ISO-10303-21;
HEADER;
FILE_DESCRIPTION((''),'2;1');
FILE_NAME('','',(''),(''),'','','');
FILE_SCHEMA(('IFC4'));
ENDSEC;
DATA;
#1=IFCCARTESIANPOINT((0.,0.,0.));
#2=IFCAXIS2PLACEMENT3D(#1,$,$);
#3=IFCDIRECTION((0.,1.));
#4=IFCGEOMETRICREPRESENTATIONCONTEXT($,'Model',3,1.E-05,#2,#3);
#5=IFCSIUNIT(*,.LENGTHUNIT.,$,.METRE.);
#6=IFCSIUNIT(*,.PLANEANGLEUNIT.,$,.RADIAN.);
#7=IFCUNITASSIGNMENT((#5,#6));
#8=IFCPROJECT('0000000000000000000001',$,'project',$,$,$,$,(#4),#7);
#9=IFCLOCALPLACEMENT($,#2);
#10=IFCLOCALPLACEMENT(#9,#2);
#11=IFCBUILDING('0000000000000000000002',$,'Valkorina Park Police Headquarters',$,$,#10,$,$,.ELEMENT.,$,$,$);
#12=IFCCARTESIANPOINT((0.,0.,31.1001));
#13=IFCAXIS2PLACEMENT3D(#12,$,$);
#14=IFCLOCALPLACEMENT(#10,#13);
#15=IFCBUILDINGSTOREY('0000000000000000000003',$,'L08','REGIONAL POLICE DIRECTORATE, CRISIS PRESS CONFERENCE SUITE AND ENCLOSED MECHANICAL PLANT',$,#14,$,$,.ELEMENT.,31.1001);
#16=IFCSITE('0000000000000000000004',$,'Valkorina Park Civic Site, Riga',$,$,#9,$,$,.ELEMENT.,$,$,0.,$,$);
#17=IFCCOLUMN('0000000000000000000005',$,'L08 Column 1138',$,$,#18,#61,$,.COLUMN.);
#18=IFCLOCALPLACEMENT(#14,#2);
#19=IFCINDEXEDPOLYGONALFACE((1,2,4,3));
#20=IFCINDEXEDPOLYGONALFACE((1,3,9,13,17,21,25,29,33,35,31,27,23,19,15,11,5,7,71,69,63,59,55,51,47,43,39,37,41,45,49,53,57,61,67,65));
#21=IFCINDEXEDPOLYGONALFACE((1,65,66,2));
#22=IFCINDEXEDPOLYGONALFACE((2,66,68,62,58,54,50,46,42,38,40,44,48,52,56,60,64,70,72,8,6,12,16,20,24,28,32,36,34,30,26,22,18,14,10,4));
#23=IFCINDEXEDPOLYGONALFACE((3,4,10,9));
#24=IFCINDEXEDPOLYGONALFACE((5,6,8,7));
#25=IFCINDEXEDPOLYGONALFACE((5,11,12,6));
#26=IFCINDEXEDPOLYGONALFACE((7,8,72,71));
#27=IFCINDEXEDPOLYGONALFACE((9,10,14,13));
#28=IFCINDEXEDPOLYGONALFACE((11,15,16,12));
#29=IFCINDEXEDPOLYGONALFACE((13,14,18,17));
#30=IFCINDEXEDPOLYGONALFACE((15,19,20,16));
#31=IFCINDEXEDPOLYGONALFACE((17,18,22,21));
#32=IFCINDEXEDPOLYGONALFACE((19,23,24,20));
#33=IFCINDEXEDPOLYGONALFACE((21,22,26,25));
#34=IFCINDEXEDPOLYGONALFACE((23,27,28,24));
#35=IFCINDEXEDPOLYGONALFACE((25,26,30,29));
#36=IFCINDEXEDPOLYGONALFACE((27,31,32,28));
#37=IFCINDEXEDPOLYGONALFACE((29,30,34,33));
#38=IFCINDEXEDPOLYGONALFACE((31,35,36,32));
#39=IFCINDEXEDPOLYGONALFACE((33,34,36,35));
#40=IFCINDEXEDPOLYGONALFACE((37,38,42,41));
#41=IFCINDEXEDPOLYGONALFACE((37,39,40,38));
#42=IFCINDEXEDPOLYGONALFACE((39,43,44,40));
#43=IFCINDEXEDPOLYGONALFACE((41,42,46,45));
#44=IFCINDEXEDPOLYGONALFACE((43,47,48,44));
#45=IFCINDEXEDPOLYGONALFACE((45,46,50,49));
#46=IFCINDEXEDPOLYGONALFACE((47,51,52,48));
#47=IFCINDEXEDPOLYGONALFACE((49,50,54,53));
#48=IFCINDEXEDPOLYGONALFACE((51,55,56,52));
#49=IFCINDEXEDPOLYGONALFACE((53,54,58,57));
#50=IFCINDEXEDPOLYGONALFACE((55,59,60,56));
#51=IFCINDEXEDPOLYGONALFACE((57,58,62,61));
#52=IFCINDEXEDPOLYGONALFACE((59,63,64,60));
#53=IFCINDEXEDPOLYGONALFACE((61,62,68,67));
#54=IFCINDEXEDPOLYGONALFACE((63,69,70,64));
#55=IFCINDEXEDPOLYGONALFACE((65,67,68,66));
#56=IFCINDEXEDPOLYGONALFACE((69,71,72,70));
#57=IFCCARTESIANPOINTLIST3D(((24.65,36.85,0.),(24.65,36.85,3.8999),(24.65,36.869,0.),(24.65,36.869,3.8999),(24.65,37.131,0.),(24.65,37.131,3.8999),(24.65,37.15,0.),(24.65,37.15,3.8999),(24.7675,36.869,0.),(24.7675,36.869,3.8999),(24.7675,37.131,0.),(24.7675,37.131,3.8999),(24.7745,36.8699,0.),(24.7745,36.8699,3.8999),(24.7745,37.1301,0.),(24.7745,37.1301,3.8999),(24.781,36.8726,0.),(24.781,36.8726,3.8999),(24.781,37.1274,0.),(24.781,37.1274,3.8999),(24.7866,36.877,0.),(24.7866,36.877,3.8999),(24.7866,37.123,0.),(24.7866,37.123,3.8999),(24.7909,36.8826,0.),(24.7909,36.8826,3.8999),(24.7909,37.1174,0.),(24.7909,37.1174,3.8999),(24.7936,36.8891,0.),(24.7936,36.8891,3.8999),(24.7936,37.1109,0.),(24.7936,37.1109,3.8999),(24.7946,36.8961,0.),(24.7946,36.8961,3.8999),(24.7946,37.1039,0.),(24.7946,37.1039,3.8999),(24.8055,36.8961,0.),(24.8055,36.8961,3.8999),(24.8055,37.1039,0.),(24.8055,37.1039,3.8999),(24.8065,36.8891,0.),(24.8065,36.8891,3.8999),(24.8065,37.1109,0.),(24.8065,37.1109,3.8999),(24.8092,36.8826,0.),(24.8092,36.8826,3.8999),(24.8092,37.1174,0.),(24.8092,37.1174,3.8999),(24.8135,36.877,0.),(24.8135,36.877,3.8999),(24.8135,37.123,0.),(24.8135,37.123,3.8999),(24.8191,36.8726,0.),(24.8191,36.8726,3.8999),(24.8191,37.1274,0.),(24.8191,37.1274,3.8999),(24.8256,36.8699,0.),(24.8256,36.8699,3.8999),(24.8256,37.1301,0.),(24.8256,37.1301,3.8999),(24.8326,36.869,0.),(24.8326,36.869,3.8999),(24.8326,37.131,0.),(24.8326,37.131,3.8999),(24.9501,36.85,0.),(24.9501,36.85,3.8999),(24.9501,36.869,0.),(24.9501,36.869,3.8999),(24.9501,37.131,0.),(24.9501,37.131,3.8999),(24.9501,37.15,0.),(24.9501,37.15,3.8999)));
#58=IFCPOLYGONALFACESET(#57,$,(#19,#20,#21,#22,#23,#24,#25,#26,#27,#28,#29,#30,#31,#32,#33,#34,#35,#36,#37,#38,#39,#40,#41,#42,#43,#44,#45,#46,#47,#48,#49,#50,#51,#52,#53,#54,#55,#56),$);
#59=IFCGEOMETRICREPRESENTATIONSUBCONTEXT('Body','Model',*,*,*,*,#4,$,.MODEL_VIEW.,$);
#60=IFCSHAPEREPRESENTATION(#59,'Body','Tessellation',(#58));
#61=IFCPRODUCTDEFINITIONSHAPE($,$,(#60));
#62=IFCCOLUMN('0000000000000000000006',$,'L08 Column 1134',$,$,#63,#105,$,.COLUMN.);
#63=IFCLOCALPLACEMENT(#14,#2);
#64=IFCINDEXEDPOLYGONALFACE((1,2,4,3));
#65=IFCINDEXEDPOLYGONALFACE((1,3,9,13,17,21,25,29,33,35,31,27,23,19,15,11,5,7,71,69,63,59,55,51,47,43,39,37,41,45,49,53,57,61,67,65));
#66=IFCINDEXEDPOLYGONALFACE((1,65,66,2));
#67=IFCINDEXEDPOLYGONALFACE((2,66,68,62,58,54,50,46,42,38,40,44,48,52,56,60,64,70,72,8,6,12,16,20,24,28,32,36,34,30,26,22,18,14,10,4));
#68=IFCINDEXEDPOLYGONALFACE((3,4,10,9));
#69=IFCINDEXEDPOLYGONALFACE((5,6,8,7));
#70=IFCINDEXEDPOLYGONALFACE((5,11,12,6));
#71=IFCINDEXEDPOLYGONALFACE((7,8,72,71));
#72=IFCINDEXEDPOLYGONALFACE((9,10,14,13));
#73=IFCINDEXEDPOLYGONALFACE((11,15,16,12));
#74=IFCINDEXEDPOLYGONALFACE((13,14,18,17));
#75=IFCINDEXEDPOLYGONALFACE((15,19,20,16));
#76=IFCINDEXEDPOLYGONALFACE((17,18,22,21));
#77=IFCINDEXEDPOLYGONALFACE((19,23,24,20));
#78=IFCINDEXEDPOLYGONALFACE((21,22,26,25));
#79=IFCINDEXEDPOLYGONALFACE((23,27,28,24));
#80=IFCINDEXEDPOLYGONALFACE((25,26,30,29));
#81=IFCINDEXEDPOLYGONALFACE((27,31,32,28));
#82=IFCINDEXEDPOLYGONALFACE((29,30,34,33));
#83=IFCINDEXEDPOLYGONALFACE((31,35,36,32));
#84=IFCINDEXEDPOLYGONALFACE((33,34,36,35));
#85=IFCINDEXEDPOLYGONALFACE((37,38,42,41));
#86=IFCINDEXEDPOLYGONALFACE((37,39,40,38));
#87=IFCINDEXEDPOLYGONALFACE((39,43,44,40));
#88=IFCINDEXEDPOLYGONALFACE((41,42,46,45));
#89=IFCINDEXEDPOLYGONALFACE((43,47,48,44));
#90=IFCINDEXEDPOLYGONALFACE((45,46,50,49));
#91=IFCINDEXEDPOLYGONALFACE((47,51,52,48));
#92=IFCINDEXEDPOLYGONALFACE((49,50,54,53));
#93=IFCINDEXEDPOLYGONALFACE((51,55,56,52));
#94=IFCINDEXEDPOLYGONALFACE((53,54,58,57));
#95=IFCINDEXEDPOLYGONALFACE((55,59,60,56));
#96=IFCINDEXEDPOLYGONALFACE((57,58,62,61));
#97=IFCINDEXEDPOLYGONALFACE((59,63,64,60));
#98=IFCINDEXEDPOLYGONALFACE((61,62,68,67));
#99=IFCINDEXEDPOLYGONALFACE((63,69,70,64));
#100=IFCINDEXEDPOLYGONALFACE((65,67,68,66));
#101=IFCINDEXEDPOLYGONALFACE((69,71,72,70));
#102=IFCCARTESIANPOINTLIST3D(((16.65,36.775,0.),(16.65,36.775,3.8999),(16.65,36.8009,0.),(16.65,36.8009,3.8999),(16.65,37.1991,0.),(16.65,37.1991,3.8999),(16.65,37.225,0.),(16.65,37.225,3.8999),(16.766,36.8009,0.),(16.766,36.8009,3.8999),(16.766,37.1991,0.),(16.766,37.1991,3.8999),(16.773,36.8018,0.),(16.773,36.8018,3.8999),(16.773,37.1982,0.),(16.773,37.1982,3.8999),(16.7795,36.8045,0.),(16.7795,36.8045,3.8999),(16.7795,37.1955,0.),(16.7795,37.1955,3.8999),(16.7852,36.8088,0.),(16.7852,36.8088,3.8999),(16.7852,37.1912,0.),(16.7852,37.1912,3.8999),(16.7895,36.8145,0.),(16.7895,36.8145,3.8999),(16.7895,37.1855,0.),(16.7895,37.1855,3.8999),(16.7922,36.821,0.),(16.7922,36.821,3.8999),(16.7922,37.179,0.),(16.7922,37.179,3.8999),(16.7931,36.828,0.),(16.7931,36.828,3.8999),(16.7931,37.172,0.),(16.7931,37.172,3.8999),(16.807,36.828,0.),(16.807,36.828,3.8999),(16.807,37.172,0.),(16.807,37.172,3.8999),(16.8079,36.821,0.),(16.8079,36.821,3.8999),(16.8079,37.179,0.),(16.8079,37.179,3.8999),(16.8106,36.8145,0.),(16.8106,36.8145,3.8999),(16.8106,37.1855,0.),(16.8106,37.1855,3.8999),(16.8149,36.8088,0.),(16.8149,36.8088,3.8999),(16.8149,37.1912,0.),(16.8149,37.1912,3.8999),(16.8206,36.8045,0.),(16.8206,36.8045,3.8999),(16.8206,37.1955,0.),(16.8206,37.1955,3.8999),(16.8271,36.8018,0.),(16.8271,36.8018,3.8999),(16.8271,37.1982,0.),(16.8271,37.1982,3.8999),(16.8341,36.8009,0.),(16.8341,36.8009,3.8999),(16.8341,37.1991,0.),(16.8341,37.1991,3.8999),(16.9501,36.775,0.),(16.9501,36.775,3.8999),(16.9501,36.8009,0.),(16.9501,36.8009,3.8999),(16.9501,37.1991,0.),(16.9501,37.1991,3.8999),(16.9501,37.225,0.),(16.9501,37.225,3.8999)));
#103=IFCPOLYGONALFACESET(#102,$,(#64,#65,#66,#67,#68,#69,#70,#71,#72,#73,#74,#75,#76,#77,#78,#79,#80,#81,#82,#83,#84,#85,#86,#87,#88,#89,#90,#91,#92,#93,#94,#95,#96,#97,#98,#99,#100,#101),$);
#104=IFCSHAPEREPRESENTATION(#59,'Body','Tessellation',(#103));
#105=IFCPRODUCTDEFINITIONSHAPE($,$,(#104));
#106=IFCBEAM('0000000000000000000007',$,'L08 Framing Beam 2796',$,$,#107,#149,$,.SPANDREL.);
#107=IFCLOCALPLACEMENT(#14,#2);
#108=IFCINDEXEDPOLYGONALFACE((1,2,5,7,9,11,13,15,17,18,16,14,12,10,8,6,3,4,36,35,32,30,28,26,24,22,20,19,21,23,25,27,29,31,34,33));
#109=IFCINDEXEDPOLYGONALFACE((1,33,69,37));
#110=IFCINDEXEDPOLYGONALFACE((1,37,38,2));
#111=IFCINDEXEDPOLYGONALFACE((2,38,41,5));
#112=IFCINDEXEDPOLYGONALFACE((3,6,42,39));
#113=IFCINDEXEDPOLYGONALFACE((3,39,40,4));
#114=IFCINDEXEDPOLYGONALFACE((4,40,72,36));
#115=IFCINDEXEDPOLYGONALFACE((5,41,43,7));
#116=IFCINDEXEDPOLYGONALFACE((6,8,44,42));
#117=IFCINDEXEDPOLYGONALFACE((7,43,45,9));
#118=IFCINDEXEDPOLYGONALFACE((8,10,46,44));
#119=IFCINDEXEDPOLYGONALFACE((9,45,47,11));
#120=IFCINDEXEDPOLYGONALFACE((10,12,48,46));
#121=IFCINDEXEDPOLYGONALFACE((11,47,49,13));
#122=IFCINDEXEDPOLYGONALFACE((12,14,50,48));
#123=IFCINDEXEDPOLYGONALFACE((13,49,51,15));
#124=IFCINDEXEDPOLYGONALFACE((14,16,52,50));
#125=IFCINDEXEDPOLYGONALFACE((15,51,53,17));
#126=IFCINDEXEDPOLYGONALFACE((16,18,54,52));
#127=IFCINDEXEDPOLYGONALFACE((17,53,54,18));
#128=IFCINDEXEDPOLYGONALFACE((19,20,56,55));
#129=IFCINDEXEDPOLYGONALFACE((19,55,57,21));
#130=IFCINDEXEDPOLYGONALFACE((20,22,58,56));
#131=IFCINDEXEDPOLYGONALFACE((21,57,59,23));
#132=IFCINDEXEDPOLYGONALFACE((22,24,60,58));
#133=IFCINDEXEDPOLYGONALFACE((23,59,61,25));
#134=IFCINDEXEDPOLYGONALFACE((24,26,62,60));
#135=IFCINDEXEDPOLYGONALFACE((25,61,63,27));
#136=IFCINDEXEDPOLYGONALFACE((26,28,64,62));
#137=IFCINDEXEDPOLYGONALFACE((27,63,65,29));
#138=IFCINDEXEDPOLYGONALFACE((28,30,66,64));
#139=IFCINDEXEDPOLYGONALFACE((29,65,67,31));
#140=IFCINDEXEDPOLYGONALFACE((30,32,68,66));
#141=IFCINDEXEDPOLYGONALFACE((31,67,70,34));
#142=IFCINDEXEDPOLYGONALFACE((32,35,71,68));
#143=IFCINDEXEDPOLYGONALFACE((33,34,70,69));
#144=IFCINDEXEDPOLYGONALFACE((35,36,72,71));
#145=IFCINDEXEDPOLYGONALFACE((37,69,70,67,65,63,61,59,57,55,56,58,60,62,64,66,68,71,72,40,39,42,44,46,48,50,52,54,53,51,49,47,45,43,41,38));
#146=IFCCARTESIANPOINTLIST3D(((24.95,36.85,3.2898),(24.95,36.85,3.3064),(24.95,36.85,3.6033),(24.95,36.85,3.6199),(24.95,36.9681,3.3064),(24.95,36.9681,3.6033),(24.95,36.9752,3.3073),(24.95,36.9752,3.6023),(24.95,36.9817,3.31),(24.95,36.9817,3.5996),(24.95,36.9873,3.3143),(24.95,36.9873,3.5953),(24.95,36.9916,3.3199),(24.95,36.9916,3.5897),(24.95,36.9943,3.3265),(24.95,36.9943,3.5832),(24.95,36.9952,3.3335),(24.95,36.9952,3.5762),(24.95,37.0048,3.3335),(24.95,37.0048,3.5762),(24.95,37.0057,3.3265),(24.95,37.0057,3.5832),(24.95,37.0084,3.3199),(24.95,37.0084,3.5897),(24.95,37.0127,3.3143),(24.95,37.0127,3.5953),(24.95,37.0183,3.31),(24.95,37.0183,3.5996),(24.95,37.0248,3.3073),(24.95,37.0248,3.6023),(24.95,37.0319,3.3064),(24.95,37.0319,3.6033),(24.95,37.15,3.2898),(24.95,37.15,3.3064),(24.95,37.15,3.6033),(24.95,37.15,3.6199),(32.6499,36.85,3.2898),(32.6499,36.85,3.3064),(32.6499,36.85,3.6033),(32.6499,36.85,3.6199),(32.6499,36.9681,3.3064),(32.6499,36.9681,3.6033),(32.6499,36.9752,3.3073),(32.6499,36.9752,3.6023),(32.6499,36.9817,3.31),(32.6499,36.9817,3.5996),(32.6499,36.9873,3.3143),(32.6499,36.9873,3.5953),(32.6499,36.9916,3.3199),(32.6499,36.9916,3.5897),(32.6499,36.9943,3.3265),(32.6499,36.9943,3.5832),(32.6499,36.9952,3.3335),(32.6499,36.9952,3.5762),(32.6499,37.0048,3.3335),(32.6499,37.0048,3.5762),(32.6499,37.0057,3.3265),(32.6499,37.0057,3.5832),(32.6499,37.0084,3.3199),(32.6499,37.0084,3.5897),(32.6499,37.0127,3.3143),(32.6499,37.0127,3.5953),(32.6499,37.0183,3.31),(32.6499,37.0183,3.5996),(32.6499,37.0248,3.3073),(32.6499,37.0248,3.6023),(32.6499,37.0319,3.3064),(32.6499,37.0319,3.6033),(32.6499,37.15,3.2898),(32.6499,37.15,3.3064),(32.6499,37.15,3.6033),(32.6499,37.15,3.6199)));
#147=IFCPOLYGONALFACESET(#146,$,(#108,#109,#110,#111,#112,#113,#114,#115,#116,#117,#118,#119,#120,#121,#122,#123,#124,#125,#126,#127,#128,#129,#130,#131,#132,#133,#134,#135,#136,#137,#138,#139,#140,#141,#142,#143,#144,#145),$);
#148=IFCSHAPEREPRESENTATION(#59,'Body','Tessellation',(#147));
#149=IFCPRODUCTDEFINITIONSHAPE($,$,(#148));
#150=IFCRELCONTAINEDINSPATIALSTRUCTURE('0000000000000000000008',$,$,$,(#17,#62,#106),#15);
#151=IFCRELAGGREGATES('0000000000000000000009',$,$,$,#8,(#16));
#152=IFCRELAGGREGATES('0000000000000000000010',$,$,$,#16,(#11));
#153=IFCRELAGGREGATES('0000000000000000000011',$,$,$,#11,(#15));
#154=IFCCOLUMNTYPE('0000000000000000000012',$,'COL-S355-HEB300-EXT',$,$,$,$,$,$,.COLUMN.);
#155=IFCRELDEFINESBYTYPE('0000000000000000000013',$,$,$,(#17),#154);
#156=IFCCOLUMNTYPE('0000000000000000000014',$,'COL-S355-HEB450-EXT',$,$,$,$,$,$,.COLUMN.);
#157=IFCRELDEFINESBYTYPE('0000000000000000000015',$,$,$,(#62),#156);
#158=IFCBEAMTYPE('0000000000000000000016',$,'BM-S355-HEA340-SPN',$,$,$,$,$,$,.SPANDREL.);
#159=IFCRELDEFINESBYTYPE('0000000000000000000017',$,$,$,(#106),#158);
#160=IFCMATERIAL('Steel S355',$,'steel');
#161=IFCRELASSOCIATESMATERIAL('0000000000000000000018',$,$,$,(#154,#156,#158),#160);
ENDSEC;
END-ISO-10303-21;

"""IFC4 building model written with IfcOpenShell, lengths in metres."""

from ifc_helpers import new_model, si_unit, direction, frame, origin, origin_2d, place, context, subcontext, project, spatial, i_section, extrude, material, material_profile, profile_set, type_object, element, save


model = new_model("IFC4")

# Units and contexts
model_context = context("Model", 3, precision=1e-05, world=origin(), true_north=direction((0.0, 1.0)))
body_context = subcontext(model_context, "Body", "Model", "MODEL_VIEW")
ifc_project = project(units=[si_unit("LENGTHUNIT", "METRE"), si_unit("PLANEANGLEUNIT", "RADIAN")], contexts=[model_context])

# Site, building, storey
site_placement = place(None, origin())
site = spatial("IfcSite", under=ifc_project, at=site_placement, Name="Valkorina Park Civic Site, Riga", CompositionType="ELEMENT", RefElevation=0.0)
building_placement = place(site_placement, origin())
building = spatial("IfcBuilding", under=site, at=building_placement, Name="Valkorina Park Police Headquarters", CompositionType="ELEMENT")
storey_placement = place(building_placement, frame((0.0, 0.0, 31.1001)))
storey = spatial("IfcBuildingStorey", under=building, at=storey_placement, Name="L08", Description="REGIONAL POLICE DIRECTORATE, CRISIS PRESS CONFERENCE SUITE AND ENCLOSED MECHANICAL PLANT", CompositionType="ELEMENT", Elevation=31.1001)

# Columns
ifc_material_1 = material(Name="Steel S355", Category="steel")
ifc_material_profile_1 = material_profile(ifc_material_1, i_section(OverallWidth=0.3, OverallDepth=0.3, WebThickness=0.011, FlangeThickness=0.019, FilletRadius=0.0271, at=origin_2d()), Name="HEB 300")
ifc_profile_set_1 = profile_set([ifc_material_profile_1], Name="Steel S355")
column_type_1 = type_object("IfcColumnType", Name="COL-S355-HEB300-EXT", PredefinedType="COLUMN", material=ifc_profile_set_1)
column_1_placement = place(storey_placement, frame((24.8, 37.0, 0.0), z_axis=(0.0, 0.0, 1.0), x_axis=(1.0, 0.0, 0.0)))
element("IfcColumn", 1, at=column_1_placement, inside=storey, type_object=column_type_1, Name="L08 Column 1138", PredefinedType="COLUMN", context=body_context, shape_type="SweptSolid", body=[
    extrude(i_section(OverallWidth=0.3, OverallDepth=0.3, WebThickness=0.011, FlangeThickness=0.019, FilletRadius=0.0271, at=origin_2d()), origin(), (0.0, 0.0, 1.0), 3.8999),
])
ifc_material_profile_2 = material_profile(ifc_material_1, i_section(OverallWidth=0.3, OverallDepth=0.45, WebThickness=0.0139, FlangeThickness=0.0259, FilletRadius=0.0271, at=origin_2d()), Name="HEB 450")
ifc_profile_set_2 = profile_set([ifc_material_profile_2], Name="Steel S355")
column_type_2 = type_object("IfcColumnType", Name="COL-S355-HEB450-EXT", PredefinedType="COLUMN", material=ifc_profile_set_2)
column_2_placement = place(storey_placement, frame((16.8, 37.0, 0.0), z_axis=(0.0, 0.0, 1.0), x_axis=(1.0, 0.0, 0.0)))
element("IfcColumn", 2, at=column_2_placement, inside=storey, type_object=column_type_2, Name="L08 Column 1134", PredefinedType="COLUMN", context=body_context, shape_type="SweptSolid", body=[
    extrude(i_section(OverallWidth=0.3, OverallDepth=0.45, WebThickness=0.0139, FlangeThickness=0.0259, FilletRadius=0.0271, at=origin_2d()), origin(), (0.0, 0.0, 1.0), 3.8999),
])

# Beam
ifc_material_profile_3 = material_profile(ifc_material_1, i_section(OverallWidth=0.3, OverallDepth=0.3301, WebThickness=0.0095, FlangeThickness=0.0166, FilletRadius=0.0271, at=origin_2d()), Name="HEA 340")
ifc_profile_set_3 = profile_set([ifc_material_profile_3], Name="Steel S355")
beam_type_1 = type_object("IfcBeamType", Name="BM-S355-HEA340-SPN", PredefinedType="SPANDREL", material=ifc_profile_set_3)
beam_1_placement = place(storey_placement, frame((24.95, 37.0, 3.4548), z_axis=(1.0, 0.0, 0.0), x_axis=(0.0, 1.0, 0.0)))
element("IfcBeam", 3, at=beam_1_placement, inside=storey, type_object=beam_type_1, Name="L08 Framing Beam 2796", PredefinedType="SPANDREL", context=body_context, shape_type="SweptSolid", body=[
    extrude(i_section(OverallWidth=0.3, OverallDepth=0.3301, WebThickness=0.0095, FlangeThickness=0.0166, FilletRadius=0.0271, at=origin_2d()), origin(), (0.0, 0.0, 1.0), 7.7),
])

save(model, "model.ifc")
